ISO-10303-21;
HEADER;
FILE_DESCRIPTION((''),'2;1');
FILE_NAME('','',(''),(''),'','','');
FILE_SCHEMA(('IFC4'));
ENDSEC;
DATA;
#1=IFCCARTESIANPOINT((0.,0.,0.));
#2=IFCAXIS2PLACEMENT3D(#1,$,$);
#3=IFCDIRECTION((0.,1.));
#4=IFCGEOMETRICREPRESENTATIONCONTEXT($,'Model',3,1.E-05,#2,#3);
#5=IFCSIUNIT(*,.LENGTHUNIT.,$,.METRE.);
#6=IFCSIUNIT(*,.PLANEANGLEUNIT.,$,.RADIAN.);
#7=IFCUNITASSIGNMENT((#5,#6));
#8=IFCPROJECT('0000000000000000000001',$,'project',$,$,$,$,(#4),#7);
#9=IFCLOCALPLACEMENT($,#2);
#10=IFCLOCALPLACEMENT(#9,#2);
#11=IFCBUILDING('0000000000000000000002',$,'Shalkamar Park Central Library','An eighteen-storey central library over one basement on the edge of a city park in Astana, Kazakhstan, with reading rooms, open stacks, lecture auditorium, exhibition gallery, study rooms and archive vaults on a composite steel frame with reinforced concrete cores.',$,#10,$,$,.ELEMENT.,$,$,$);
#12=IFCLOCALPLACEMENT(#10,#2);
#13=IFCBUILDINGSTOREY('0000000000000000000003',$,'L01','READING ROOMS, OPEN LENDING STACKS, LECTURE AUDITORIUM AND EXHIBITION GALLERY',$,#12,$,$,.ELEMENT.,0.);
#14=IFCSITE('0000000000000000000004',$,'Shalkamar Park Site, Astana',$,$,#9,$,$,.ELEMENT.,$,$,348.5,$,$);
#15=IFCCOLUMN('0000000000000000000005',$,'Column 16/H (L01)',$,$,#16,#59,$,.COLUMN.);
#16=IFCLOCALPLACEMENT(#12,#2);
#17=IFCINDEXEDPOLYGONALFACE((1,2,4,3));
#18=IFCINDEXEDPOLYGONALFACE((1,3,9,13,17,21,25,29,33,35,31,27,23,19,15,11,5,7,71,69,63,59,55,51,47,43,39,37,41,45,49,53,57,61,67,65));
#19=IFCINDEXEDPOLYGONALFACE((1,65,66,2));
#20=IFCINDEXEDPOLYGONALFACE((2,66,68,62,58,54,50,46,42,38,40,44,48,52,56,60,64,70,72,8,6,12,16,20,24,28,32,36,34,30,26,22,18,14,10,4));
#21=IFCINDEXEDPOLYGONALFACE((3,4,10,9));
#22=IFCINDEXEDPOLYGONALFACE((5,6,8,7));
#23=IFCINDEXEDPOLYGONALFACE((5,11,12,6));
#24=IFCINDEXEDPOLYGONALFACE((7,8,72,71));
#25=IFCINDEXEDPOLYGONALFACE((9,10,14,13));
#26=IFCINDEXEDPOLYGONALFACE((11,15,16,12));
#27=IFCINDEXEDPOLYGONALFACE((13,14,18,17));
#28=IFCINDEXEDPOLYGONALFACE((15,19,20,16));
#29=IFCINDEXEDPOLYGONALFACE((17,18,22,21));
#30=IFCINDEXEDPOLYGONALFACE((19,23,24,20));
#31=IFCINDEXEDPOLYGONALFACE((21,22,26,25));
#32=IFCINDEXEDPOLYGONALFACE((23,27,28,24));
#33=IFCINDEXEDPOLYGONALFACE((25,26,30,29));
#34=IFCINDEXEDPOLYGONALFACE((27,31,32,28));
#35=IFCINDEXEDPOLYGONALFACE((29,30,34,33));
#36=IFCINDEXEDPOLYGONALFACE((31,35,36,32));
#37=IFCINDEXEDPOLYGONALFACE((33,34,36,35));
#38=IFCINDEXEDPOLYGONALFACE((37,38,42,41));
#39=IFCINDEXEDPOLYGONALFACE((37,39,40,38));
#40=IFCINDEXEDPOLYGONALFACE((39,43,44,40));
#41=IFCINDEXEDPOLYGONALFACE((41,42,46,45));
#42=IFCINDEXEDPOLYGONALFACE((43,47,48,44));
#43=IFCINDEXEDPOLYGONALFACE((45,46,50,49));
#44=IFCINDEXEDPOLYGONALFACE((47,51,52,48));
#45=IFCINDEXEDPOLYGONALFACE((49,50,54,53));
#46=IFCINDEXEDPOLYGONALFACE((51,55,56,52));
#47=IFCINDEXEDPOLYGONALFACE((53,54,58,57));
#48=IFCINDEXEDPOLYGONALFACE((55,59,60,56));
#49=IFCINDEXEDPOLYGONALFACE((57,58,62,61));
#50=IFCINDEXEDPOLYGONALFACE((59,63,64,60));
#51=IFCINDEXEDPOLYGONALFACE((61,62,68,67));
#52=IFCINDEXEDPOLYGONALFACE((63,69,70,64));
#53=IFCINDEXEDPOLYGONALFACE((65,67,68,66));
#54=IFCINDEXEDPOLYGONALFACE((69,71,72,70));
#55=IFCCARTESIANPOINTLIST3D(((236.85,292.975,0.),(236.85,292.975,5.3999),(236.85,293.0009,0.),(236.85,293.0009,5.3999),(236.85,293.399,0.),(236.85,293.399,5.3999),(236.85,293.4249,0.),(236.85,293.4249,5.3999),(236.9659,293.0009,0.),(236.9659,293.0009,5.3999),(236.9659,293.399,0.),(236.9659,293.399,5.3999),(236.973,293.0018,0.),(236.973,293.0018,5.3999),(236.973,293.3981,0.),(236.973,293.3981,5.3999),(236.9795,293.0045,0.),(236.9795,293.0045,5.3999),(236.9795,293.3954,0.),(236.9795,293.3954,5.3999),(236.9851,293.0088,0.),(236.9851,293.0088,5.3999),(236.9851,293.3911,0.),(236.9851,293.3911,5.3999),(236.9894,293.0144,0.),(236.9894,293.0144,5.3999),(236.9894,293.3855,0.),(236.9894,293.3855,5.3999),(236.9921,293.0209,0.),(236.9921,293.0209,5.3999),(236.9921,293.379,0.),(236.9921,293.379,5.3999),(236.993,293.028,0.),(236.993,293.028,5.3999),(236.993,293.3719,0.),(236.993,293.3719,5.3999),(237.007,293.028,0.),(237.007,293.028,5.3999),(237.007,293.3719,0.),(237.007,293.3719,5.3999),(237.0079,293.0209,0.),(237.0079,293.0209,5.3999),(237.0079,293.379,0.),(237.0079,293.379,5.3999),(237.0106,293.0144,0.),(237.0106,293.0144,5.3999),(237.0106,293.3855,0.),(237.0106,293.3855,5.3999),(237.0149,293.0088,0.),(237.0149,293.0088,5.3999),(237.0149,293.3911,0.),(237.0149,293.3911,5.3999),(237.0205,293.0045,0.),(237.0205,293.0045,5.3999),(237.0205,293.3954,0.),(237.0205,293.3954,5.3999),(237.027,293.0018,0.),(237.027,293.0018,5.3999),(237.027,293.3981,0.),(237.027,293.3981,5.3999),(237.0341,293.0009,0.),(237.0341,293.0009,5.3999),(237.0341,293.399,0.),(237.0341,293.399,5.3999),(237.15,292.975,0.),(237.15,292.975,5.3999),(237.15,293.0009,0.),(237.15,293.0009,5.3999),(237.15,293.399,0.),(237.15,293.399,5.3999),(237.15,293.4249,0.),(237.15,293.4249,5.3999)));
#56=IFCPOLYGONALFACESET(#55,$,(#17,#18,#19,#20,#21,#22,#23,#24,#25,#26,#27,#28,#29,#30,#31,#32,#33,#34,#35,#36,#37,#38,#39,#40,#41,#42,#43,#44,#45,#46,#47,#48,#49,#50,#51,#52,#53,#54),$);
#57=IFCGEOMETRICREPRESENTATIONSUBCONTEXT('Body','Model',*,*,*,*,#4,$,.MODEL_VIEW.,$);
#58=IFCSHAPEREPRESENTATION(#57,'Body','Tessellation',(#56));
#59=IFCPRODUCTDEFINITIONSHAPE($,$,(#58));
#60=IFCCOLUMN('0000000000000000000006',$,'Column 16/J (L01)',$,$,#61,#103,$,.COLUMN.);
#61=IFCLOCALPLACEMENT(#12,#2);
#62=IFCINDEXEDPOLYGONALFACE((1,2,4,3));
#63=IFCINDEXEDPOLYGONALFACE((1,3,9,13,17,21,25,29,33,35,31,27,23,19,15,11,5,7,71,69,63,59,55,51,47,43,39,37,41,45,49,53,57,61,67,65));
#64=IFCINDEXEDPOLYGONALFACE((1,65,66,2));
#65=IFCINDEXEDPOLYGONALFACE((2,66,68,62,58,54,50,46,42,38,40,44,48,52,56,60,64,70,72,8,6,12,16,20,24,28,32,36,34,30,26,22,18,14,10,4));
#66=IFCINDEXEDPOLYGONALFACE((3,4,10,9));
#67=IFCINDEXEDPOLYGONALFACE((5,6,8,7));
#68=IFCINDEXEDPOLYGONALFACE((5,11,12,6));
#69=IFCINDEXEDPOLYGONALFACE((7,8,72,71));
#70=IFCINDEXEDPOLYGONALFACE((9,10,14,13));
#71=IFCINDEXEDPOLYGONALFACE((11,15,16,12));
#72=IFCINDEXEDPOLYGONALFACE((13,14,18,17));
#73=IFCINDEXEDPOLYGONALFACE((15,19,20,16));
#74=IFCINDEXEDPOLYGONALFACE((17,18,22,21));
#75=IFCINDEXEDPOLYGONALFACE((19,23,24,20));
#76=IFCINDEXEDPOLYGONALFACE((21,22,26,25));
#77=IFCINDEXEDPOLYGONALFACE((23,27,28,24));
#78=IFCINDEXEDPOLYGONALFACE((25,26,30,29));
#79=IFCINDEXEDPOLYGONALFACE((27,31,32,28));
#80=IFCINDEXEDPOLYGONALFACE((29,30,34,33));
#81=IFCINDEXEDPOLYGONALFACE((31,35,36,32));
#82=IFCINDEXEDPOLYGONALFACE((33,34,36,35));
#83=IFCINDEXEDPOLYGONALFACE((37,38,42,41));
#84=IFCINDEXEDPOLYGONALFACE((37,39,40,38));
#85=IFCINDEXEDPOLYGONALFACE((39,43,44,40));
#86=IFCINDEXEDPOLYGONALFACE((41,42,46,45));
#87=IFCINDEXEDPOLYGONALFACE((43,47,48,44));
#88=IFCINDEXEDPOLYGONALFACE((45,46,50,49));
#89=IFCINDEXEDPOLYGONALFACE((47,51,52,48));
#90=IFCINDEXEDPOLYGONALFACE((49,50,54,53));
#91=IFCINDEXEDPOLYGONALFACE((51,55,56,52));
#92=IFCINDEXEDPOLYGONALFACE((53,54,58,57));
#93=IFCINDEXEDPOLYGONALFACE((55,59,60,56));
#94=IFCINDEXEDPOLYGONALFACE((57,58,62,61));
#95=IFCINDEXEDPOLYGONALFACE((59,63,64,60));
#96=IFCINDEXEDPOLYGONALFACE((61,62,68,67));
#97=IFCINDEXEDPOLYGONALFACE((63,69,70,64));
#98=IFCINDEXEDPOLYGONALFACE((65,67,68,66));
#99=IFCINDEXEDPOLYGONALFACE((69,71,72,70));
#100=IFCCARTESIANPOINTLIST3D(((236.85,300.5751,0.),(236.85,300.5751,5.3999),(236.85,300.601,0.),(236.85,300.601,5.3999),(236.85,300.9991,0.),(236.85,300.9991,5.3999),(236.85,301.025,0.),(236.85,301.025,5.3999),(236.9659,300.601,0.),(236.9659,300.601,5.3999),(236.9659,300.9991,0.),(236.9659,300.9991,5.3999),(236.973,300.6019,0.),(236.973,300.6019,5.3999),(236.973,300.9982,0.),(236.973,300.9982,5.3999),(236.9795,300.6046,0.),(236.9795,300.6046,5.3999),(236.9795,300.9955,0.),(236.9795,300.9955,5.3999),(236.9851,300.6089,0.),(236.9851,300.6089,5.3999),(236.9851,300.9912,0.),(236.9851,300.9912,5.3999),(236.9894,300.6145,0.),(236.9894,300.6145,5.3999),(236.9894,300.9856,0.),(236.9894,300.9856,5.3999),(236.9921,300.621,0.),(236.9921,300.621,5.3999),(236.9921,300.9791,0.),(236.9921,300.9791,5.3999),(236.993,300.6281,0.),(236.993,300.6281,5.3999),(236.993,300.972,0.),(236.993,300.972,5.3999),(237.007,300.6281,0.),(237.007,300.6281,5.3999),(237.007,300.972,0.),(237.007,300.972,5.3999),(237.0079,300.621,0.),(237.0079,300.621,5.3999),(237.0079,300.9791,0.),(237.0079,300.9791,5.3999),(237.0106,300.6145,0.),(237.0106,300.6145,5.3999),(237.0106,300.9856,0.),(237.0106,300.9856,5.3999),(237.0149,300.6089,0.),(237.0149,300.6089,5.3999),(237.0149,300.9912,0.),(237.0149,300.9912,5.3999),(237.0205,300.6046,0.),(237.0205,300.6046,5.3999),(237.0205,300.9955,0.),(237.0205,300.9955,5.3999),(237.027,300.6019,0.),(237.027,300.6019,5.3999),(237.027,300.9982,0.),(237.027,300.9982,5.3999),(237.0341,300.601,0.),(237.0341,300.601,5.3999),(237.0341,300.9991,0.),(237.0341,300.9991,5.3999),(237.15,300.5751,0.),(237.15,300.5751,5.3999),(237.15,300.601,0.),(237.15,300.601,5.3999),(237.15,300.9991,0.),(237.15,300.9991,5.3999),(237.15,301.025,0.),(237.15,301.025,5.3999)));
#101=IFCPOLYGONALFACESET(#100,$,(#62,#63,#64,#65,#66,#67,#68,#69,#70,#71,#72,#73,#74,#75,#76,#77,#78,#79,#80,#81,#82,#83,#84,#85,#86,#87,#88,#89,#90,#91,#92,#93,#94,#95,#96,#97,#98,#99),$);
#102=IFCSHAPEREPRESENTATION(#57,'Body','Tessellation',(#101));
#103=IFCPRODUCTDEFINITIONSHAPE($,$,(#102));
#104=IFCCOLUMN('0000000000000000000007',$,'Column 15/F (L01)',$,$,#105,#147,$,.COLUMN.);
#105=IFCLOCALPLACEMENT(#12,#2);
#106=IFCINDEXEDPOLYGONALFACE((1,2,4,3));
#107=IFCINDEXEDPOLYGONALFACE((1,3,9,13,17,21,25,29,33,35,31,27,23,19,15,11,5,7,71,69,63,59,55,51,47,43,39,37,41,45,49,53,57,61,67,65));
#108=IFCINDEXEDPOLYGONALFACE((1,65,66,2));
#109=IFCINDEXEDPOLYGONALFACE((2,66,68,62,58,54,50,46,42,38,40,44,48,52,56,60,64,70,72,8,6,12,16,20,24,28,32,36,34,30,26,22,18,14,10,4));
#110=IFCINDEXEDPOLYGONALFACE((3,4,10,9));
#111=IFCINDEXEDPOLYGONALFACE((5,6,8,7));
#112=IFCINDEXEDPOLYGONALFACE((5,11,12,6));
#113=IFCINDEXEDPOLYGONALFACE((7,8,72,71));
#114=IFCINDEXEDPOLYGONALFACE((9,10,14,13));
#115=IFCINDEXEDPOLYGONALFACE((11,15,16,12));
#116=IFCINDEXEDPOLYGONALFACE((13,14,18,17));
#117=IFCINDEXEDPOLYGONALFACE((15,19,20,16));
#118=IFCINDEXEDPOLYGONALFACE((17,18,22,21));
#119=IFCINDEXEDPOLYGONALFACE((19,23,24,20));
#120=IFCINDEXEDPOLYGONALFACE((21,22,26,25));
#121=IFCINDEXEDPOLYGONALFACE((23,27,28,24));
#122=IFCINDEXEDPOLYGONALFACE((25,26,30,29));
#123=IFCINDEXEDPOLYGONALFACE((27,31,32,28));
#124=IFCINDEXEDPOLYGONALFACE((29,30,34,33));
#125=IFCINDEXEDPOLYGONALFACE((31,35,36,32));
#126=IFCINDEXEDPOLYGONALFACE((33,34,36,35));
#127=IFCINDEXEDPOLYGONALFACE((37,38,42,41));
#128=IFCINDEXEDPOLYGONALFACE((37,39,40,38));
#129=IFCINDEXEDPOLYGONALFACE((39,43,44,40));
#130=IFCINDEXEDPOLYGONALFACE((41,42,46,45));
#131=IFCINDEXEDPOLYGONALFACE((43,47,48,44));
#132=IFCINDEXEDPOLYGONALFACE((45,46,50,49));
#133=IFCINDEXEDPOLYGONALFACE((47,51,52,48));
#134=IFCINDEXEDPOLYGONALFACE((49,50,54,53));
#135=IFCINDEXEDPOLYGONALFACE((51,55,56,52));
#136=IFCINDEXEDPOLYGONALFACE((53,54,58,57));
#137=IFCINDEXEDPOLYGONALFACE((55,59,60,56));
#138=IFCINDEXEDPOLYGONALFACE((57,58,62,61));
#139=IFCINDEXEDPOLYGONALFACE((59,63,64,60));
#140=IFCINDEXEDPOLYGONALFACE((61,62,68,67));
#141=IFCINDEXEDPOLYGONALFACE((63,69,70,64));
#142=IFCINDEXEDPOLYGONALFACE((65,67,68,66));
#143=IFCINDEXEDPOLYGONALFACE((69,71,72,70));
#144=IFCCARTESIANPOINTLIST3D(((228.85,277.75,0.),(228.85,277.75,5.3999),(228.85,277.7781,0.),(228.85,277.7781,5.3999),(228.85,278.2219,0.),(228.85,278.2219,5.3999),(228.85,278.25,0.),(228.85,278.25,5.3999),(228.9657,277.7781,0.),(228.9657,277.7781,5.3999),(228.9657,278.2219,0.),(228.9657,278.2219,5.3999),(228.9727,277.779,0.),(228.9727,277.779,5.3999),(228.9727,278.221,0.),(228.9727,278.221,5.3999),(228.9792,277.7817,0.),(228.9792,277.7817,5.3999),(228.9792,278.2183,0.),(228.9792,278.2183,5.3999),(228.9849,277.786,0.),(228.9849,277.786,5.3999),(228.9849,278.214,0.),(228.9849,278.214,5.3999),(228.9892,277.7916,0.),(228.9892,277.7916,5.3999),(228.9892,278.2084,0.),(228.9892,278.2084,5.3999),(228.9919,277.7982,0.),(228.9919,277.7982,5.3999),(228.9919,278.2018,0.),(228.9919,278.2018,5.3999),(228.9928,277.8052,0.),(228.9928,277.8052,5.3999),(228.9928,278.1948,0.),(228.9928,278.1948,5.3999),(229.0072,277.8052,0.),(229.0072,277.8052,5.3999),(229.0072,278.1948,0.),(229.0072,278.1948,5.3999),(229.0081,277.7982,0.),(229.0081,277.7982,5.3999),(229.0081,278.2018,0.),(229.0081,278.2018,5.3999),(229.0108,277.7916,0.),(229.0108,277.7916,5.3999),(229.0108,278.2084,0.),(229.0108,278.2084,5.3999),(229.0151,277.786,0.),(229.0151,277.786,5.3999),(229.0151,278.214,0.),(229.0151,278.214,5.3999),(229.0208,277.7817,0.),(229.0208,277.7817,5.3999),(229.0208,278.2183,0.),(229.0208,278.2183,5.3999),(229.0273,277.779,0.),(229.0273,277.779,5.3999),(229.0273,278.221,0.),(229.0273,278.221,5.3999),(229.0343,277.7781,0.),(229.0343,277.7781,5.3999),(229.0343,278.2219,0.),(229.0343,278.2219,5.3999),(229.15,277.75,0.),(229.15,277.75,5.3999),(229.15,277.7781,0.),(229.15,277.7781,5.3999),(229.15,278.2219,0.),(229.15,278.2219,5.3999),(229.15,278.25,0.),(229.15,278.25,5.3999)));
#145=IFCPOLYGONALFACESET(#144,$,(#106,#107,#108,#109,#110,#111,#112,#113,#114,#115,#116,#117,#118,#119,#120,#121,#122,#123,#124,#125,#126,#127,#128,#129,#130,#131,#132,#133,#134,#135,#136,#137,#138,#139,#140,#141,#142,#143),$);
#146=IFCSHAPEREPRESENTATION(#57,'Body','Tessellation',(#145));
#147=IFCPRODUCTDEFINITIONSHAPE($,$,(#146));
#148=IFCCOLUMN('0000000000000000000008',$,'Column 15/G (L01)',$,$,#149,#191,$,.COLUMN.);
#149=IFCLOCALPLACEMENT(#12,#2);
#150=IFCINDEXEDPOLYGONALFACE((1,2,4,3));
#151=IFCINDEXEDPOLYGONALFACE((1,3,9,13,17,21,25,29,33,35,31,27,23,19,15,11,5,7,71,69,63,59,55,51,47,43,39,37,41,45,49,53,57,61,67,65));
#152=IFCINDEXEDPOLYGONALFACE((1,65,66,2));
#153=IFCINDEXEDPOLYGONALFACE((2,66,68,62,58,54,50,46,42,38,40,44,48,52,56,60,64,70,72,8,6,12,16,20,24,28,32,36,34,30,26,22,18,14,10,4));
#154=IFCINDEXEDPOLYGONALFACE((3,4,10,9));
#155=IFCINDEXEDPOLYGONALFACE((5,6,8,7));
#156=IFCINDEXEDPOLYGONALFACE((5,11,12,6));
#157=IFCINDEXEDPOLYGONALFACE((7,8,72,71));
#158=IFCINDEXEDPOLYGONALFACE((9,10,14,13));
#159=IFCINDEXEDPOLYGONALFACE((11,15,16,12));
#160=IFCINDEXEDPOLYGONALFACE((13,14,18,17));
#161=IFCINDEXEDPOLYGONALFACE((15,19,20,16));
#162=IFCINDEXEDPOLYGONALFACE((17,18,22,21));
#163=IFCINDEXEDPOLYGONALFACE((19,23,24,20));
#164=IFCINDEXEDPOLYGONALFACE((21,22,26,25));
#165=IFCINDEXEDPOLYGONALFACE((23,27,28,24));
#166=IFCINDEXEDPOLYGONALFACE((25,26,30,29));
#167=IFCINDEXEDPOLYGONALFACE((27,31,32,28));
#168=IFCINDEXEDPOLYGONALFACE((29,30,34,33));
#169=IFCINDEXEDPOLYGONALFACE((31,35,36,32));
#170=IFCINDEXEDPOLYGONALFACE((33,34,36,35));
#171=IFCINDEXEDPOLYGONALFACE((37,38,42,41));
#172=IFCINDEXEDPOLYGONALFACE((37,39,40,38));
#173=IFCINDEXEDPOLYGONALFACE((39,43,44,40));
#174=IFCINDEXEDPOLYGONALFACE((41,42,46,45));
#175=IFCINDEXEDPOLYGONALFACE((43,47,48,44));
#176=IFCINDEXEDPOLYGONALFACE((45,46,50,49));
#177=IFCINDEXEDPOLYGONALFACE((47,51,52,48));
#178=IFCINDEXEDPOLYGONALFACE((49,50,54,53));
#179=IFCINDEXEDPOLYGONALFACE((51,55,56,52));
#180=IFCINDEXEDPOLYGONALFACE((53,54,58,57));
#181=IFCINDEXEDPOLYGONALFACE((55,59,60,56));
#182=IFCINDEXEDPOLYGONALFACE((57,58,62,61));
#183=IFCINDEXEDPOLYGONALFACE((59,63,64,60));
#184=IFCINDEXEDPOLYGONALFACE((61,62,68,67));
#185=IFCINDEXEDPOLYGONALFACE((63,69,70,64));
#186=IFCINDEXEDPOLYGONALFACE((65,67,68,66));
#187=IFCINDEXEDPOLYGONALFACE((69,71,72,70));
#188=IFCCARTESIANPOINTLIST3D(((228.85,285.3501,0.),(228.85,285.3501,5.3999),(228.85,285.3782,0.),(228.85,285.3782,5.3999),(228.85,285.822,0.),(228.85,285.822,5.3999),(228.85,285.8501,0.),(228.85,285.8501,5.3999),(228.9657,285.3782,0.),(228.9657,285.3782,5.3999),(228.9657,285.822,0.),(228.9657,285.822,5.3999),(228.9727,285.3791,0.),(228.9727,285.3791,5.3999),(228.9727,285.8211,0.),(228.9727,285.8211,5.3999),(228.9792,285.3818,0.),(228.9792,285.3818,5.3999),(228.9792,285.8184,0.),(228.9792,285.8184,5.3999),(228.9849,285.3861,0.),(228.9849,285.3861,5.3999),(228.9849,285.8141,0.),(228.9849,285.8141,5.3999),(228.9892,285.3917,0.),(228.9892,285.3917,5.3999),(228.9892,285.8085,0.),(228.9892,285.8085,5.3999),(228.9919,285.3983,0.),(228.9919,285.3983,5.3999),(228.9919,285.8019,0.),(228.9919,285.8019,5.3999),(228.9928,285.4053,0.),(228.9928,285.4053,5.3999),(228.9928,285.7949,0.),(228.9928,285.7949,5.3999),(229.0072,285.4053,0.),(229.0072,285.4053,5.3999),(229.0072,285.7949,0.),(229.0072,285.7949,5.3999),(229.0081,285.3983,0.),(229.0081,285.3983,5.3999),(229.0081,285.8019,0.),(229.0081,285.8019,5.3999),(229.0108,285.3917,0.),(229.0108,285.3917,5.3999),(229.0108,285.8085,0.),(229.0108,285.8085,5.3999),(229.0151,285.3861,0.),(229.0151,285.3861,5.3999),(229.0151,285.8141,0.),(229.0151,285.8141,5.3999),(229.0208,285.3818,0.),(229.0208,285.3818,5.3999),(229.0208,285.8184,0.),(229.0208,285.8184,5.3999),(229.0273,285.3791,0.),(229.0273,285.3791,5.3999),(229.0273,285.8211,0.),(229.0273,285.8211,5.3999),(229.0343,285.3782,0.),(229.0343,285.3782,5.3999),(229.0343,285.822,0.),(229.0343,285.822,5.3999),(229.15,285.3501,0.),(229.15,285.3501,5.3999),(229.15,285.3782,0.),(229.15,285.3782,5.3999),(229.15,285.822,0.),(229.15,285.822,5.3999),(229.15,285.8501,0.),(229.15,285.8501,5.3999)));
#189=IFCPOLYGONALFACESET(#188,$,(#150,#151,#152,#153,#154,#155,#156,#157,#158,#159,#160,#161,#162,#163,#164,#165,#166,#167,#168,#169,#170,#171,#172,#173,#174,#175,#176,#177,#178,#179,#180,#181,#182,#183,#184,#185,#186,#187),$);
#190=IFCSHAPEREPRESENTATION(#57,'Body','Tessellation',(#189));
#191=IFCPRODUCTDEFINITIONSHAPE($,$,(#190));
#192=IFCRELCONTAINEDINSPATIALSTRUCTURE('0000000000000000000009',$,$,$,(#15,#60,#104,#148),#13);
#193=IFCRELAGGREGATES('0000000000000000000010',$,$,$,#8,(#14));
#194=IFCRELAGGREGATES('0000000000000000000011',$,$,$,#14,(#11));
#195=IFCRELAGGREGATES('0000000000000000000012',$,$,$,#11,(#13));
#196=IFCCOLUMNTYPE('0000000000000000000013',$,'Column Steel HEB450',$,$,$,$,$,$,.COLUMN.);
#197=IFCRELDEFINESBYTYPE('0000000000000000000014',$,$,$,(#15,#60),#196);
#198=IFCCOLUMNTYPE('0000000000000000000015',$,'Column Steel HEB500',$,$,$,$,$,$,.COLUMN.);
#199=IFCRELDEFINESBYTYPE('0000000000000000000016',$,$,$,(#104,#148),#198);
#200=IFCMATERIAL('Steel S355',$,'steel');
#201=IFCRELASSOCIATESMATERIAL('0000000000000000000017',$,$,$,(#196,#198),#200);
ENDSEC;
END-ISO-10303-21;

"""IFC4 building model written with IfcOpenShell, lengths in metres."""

from ifc_helpers import new_model, si_unit, direction, frame, origin, origin_2d, place, context, subcontext, project, spatial, i_section, extrude, material, material_profile, profile_set, type_object, element, save


model = new_model("IFC4")

# Units and contexts
model_context = context("Model", 3, precision=1e-05, world=origin(), true_north=direction((0.0, 1.0)))
body_context = subcontext(model_context, "Body", "Model", "MODEL_VIEW")
ifc_project = project(units=[si_unit("LENGTHUNIT", "METRE"), si_unit("PLANEANGLEUNIT", "RADIAN")], contexts=[model_context])

# Site, building, storey
site_placement = place(None, origin())
site = spatial("IfcSite", under=ifc_project, at=site_placement, Name="Shalkamar Park Site, Astana", CompositionType="ELEMENT", RefElevation=348.5)
building_placement = place(site_placement, origin())
building = spatial("IfcBuilding", under=site, at=building_placement, Name="Shalkamar Park Central Library", Description="An eighteen-storey central library over one basement on the edge of a city park in Astana, Kazakhstan, with reading rooms, open stacks, lecture auditorium, exhibition gallery, study rooms and archive vaults on a composite steel frame with reinforced concrete cores.", CompositionType="ELEMENT")
storey_placement = place(building_placement, origin())
storey = spatial("IfcBuildingStorey", under=building, at=storey_placement, Name="L01", Description="READING ROOMS, OPEN LENDING STACKS, LECTURE AUDITORIUM AND EXHIBITION GALLERY", CompositionType="ELEMENT", Elevation=0.0)

# Columns
ifc_material_1 = material(Name="Steel S355", Category="steel")
ifc_material_profile_1 = material_profile(ifc_material_1, i_section(OverallWidth=0.3, OverallDepth=0.45, WebThickness=0.0139, FlangeThickness=0.0259, FilletRadius=0.0271, at=origin_2d()), Name="HEB 450")
ifc_profile_set_1 = profile_set([ifc_material_profile_1], Name="Steel S355")
column_type_1 = type_object("IfcColumnType", Name="Column Steel HEB450", PredefinedType="COLUMN", material=ifc_profile_set_1)
for number, where, z_axis, x_axis, name in (
    (1, (237.0, 293.2, 0.0), (0.0, 0.0, 1.0), (1.0, 0.0, 0.0), "Column 16/H (L01)"),
    (2, (237.0, 300.8, 0.0), (0.0, 0.0, 1.0), (1.0, 0.0, 0.0), "Column 16/J (L01)"),
):
    element("IfcColumn", number, at=place(storey_placement, frame(where, z_axis=z_axis, x_axis=x_axis)), inside=storey, type_object=column_type_1, Name=name, PredefinedType="COLUMN", context=body_context, shape_type="SweptSolid", body=[
        extrude(i_section(OverallWidth=0.3, OverallDepth=0.45, WebThickness=0.0139, FlangeThickness=0.0259, FilletRadius=0.0271, at=origin_2d()), origin(), (0.0, 0.0, 1.0), 5.3999),
    ])
ifc_material_profile_2 = material_profile(ifc_material_1, i_section(OverallWidth=0.3, OverallDepth=0.5, WebThickness=0.0144, FlangeThickness=0.0281, FilletRadius=0.0271, at=origin_2d()), Name="HEB 500")
ifc_profile_set_2 = profile_set([ifc_material_profile_2], Name="Steel S355")
column_type_2 = type_object("IfcColumnType", Name="Column Steel HEB500", PredefinedType="COLUMN", material=ifc_profile_set_2)
for number, where, z_axis, x_axis, name in (
    (3, (229.0, 278.0, 0.0), (0.0, 0.0, 1.0), (1.0, 0.0, 0.0), "Column 15/F (L01)"),
    (4, (229.0, 285.6001, 0.0), (0.0, 0.0, 1.0), (1.0, 0.0, 0.0), "Column 15/G (L01)"),
):
    element("IfcColumn", number, at=place(storey_placement, frame(where, z_axis=z_axis, x_axis=x_axis)), inside=storey, type_object=column_type_2, Name=name, PredefinedType="COLUMN", context=body_context, shape_type="SweptSolid", body=[
        extrude(i_section(OverallWidth=0.3, OverallDepth=0.5, WebThickness=0.0144, FlangeThickness=0.0281, FilletRadius=0.0271, at=origin_2d()), origin(), (0.0, 0.0, 1.0), 5.3999),
    ])

save(model, "model.ifc")
